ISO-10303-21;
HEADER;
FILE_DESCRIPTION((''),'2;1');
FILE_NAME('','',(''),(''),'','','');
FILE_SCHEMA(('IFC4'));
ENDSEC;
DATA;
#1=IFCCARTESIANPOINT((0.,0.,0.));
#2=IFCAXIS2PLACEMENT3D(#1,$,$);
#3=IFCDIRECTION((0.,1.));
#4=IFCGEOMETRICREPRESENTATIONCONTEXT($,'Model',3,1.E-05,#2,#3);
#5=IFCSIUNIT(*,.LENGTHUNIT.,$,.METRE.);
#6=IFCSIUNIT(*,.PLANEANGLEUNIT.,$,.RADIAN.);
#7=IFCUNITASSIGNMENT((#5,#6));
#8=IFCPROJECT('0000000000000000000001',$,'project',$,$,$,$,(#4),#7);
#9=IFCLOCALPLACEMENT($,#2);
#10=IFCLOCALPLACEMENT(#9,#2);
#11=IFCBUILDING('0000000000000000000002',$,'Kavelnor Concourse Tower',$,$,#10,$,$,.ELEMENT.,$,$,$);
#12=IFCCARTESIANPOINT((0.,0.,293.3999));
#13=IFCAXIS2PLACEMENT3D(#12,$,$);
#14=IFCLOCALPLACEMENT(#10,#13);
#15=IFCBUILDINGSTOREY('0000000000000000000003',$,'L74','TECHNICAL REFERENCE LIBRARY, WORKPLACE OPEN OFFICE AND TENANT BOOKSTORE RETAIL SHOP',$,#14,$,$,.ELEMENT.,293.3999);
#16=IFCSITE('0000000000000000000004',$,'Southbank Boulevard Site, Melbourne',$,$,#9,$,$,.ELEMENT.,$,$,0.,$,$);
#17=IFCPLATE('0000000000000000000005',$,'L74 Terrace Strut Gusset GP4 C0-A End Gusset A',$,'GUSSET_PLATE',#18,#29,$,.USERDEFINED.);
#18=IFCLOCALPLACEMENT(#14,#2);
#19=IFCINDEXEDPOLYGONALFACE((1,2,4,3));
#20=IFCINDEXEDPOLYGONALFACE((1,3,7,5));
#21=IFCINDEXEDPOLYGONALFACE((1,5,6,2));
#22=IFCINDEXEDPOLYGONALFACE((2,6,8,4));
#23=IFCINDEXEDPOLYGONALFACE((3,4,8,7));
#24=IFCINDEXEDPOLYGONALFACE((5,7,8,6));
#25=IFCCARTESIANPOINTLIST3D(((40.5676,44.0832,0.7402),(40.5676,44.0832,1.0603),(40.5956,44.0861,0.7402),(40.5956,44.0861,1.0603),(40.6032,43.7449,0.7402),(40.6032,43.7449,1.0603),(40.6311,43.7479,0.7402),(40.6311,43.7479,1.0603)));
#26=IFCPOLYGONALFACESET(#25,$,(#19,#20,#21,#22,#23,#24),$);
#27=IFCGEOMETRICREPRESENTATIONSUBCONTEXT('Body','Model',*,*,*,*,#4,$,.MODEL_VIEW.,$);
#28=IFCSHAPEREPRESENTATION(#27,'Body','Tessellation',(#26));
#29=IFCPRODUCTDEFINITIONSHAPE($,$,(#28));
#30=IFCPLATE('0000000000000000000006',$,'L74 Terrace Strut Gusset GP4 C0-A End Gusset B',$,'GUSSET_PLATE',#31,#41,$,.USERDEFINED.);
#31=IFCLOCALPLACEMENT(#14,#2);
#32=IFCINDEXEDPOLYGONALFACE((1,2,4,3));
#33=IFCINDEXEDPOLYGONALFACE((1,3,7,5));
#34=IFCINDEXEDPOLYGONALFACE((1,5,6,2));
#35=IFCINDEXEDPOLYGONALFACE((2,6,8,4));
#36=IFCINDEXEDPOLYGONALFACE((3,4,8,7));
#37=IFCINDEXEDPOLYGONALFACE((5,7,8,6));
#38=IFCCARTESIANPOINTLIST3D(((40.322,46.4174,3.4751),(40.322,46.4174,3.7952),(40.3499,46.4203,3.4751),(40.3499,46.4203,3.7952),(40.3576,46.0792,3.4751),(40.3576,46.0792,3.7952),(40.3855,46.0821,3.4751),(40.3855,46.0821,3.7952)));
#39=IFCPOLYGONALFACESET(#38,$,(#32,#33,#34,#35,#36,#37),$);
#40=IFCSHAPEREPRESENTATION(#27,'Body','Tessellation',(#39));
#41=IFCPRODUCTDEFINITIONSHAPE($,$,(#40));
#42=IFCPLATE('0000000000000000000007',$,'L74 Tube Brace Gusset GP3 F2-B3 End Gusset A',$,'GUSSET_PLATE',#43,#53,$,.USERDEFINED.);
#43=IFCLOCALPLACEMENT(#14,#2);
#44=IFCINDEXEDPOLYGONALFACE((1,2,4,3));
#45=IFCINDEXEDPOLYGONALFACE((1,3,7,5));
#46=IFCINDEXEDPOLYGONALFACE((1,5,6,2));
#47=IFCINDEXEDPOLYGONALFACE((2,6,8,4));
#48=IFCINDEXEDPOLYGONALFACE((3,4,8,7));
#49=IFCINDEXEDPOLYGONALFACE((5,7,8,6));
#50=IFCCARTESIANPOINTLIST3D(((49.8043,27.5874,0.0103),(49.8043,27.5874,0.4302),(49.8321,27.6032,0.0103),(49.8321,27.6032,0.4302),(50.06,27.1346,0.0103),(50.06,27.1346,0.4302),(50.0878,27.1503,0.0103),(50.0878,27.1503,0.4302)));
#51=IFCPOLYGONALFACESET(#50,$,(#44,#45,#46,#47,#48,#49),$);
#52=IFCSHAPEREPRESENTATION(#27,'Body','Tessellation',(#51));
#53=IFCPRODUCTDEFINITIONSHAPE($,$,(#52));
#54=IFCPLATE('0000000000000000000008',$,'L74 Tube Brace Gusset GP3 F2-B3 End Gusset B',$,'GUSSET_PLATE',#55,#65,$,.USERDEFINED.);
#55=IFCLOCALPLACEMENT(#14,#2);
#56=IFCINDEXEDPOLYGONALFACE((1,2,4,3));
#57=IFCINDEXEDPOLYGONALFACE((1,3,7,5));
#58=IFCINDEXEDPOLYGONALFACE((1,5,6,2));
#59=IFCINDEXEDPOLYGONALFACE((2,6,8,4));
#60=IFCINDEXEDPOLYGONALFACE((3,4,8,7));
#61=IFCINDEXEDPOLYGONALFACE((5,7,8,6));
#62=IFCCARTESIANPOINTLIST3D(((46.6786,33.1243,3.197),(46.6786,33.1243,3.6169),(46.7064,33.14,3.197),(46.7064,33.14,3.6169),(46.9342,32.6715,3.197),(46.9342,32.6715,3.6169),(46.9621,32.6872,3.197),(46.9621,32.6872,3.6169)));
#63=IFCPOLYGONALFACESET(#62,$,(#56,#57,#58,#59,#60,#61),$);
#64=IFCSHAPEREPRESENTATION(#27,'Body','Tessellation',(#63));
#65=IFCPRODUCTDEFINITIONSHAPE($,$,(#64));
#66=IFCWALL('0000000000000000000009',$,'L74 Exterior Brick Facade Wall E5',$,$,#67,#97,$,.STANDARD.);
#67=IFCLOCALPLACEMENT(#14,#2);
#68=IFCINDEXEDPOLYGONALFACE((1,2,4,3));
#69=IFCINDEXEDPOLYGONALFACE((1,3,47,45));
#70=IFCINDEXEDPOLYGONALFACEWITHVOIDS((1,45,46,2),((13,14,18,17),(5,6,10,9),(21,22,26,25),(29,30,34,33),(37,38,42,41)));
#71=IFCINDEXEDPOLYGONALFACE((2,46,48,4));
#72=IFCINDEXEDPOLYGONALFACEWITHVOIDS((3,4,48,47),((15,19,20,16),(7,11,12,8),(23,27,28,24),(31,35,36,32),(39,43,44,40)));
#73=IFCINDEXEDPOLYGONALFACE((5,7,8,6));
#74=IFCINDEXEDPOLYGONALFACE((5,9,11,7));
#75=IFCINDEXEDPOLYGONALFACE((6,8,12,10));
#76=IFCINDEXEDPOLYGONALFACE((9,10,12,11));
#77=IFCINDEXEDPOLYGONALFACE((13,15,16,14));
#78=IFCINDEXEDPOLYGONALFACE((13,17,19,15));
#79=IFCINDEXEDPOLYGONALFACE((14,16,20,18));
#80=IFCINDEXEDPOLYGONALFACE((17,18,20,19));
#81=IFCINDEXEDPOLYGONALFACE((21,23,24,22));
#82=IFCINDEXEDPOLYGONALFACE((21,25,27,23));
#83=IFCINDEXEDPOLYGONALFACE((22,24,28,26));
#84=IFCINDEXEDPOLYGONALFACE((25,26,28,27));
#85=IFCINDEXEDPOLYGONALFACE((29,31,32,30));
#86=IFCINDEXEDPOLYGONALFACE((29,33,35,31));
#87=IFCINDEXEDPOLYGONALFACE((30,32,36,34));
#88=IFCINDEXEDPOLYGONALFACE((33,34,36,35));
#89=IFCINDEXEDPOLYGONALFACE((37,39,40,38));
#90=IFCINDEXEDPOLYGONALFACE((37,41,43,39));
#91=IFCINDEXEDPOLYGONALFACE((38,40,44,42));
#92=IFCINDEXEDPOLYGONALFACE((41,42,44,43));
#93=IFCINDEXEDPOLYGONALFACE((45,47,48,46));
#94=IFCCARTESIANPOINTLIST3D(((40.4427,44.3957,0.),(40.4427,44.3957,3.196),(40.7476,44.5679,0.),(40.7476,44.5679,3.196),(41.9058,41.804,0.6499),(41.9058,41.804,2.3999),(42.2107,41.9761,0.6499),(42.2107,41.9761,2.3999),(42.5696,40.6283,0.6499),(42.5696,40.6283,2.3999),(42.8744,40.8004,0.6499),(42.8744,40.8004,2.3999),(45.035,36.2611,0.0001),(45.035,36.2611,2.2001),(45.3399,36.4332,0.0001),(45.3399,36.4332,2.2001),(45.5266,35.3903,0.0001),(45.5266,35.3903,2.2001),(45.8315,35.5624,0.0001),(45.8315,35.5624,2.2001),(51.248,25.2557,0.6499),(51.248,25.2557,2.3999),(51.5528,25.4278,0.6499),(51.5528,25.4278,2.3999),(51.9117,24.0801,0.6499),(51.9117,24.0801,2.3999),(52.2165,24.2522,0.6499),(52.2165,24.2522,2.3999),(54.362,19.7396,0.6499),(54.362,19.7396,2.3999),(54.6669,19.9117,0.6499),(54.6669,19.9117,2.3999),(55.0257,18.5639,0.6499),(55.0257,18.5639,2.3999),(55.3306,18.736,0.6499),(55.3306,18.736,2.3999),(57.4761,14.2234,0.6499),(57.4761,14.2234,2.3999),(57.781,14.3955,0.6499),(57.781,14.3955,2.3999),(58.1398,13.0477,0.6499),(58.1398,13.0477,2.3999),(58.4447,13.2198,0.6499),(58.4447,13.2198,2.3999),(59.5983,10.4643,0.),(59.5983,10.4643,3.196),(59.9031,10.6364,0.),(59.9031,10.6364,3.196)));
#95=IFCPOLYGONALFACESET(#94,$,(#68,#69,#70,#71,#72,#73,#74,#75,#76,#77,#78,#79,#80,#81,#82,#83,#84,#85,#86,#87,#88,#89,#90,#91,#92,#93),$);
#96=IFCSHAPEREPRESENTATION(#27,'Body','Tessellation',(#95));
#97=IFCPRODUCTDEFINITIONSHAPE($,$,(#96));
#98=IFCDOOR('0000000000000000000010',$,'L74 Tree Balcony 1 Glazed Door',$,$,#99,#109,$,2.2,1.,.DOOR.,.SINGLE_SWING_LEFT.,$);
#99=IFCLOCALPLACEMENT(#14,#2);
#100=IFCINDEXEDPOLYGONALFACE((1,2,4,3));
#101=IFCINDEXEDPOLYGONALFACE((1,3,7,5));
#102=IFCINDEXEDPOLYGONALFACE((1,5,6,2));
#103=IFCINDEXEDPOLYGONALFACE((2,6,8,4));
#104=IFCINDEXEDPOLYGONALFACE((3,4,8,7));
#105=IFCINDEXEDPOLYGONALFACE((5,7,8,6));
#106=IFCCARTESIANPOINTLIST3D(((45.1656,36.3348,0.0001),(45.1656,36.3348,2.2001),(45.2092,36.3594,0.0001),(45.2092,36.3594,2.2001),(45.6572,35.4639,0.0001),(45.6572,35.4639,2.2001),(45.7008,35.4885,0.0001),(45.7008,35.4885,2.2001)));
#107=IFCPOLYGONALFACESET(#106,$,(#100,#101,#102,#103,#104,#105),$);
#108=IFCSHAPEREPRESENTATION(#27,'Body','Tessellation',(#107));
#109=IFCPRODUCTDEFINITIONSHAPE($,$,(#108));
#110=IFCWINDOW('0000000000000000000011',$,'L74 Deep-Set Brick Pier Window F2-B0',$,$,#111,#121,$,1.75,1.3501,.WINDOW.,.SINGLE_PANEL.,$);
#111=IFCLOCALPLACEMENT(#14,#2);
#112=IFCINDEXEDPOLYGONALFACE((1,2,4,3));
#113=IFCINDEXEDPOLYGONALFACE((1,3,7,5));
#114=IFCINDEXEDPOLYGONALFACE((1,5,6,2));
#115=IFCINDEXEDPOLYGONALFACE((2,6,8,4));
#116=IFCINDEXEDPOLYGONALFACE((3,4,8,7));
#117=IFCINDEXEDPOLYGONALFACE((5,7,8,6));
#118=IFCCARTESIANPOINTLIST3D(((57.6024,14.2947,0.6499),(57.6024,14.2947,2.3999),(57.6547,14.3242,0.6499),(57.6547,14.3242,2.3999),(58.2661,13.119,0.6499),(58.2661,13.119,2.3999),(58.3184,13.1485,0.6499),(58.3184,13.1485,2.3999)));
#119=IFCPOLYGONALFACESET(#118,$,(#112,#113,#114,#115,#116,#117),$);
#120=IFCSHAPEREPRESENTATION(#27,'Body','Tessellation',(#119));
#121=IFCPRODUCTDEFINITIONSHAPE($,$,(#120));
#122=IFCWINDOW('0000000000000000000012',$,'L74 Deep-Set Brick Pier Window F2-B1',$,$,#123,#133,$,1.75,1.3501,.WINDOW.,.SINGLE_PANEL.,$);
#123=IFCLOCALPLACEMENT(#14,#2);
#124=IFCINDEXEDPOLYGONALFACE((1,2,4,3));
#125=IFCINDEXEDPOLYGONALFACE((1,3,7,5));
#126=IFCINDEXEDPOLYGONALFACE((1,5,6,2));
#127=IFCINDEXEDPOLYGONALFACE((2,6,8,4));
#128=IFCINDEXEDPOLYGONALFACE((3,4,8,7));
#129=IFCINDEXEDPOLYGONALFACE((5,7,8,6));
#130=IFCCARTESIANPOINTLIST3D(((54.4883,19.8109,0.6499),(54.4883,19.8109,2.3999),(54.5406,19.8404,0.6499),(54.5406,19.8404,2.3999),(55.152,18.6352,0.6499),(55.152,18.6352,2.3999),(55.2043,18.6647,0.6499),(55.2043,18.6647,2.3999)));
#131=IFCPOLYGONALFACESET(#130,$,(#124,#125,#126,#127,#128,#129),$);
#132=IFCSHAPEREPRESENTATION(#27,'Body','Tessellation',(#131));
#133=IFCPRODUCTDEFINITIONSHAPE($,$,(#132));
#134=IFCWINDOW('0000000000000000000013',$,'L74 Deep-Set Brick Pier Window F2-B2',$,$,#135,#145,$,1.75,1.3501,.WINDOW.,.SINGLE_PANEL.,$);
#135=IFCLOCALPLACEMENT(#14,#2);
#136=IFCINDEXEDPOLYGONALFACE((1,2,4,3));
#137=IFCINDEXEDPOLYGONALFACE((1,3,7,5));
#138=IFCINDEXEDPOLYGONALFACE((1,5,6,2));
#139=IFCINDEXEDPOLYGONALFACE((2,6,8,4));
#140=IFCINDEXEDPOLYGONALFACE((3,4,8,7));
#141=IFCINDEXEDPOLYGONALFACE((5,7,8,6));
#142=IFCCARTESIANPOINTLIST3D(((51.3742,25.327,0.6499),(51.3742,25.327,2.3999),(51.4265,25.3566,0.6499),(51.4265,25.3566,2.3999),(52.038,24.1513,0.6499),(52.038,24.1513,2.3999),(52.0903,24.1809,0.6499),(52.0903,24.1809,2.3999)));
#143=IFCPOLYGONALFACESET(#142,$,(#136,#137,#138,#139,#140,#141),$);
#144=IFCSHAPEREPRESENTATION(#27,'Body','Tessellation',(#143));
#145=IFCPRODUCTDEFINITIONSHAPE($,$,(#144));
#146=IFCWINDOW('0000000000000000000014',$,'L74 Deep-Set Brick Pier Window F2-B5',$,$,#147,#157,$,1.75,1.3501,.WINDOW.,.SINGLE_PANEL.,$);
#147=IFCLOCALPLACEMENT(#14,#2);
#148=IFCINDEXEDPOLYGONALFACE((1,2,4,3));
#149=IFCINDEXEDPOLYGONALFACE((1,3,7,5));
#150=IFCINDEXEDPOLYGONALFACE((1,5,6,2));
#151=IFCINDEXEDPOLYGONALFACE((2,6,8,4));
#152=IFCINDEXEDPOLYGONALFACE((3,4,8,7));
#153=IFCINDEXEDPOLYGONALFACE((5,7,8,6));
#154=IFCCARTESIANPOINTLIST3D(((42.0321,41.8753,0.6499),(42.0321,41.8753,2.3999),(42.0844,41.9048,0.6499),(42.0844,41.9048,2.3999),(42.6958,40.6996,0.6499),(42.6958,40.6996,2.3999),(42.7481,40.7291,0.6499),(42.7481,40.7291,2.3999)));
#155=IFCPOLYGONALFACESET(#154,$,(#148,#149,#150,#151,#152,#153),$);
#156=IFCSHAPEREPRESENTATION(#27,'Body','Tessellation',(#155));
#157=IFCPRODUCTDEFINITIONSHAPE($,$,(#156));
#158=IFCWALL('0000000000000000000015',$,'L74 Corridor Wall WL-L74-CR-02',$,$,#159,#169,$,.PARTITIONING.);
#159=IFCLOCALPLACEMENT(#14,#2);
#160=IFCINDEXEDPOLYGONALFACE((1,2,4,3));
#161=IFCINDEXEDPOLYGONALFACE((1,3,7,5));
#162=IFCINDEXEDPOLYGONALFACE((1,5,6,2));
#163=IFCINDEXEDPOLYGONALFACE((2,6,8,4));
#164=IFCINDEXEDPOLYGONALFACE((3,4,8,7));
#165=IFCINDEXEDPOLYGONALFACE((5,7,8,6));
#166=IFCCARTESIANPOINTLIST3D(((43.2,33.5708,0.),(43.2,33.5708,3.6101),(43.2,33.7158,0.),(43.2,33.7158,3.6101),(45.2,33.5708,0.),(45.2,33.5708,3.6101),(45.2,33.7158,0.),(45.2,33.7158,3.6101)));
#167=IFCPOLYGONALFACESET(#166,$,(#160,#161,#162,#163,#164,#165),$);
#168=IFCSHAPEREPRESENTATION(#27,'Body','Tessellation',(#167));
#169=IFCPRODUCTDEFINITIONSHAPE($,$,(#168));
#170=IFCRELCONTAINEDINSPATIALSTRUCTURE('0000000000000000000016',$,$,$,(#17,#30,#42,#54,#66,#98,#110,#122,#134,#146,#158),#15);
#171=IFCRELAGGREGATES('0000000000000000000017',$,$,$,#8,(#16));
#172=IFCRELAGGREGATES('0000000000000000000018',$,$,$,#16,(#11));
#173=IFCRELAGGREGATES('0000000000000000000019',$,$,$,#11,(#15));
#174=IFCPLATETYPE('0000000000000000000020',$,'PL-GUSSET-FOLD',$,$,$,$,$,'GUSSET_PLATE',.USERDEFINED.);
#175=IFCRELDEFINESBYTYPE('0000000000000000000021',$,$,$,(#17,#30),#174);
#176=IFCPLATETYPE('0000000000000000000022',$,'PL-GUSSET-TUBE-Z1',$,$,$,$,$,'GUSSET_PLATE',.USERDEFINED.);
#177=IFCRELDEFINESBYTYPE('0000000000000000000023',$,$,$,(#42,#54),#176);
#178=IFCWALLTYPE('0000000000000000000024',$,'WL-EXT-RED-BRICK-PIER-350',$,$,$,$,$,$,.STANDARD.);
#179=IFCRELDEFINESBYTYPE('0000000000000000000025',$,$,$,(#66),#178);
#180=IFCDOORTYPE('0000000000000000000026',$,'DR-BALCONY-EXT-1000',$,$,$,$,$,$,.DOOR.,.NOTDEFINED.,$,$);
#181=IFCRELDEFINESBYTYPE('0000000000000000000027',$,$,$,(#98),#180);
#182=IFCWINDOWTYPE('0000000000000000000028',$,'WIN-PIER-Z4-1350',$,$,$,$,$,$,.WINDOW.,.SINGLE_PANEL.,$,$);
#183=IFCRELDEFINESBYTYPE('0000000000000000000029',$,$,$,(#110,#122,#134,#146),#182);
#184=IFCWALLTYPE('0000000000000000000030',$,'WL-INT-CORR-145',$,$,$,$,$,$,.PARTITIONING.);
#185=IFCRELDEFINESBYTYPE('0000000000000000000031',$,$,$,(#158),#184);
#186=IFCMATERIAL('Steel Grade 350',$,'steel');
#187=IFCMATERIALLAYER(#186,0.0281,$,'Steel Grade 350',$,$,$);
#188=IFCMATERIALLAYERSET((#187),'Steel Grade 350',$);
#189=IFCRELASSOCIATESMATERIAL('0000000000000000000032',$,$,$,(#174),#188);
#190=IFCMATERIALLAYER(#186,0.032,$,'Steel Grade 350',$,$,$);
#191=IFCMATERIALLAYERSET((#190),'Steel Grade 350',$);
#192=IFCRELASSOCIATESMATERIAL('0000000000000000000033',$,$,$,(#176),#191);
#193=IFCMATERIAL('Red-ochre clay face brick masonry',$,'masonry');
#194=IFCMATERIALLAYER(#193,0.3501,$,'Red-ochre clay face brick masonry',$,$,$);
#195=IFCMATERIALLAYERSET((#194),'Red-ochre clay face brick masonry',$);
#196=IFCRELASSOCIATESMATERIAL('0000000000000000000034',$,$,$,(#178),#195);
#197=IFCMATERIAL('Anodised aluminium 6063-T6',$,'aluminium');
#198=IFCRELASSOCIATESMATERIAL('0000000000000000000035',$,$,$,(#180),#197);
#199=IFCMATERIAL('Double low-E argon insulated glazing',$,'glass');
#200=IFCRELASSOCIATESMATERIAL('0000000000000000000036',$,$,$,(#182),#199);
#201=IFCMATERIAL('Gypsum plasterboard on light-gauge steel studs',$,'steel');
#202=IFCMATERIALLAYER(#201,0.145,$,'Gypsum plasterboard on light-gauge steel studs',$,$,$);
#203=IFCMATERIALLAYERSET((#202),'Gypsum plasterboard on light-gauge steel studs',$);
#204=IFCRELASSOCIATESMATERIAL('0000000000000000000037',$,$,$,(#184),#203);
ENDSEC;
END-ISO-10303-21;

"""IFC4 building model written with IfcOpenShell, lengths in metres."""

from ifc_helpers import new_model, si_unit, direction, frame, frame_2d, origin, origin_2d, place, context, subcontext, project, spatial, rectangle, extrude, material, layer, layer_set, type_object, element, fill, save


model = new_model("IFC4")

# Units and contexts
model_context = context("Model", 3, precision=1e-05, world=origin(), true_north=direction((0.0, 1.0)))
body_context = subcontext(model_context, "Body", "Model", "MODEL_VIEW")
ifc_project = project(units=[si_unit("LENGTHUNIT", "METRE"), si_unit("PLANEANGLEUNIT", "RADIAN")], contexts=[model_context])

# Site, building, storey
site_placement = place(None, origin())
site = spatial("IfcSite", under=ifc_project, at=site_placement, Name="Southbank Boulevard Site, Melbourne", CompositionType="ELEMENT", RefElevation=0.0)
building_placement = place(site_placement, origin())
building = spatial("IfcBuilding", under=site, at=building_placement, Name="Kavelnor Concourse Tower", CompositionType="ELEMENT")
storey_placement = place(building_placement, frame((0.0, 0.0, 293.3999)))
storey = spatial("IfcBuildingStorey", under=building, at=storey_placement, Name="L74", Description="TECHNICAL REFERENCE LIBRARY, WORKPLACE OPEN OFFICE AND TENANT BOOKSTORE RETAIL SHOP", CompositionType="ELEMENT", Elevation=293.3999)

# Shared definitions
ifc_material_1 = material(Name="Steel Grade 350", Category="steel")

# Plates
ifc_layer_1 = layer(ifc_material_1, 0.0281, Name="Steel Grade 350")
ifc_layer_set_1 = layer_set([ifc_layer_1], Name="Steel Grade 350")
plate_type_1 = type_object("IfcPlateType", Name="PL-GUSSET-FOLD", ElementType="GUSSET_PLATE", PredefinedType="USERDEFINED", material=ifc_layer_set_1)
for number, where, z_axis, x_axis, name in (
    (1, (40.5994, 43.9155, 0.7402), (0.0, 0.0, 1.0), (-0.104528, 0.994522, 0.0), "L74 Terrace Strut Gusset GP4 C0-A End Gusset A"),
    (2, (40.3538, 46.2498, 3.4751), (0.0, 0.0, 1.0), (-0.104528, 0.994522, 0.0), "L74 Terrace Strut Gusset GP4 C0-A End Gusset B"),
):
    element("IfcPlate", number, at=place(storey_placement, frame(where, z_axis=z_axis, x_axis=x_axis)), inside=storey, type_object=plate_type_1, Name=name, ObjectType="GUSSET_PLATE", PredefinedType="USERDEFINED", context=body_context, shape_type="SweptSolid", body=[
        extrude(rectangle(XDim=0.3401, YDim=0.0281, at=origin_2d()), origin(), (0.0, 0.0, 1.0), 0.3201),
    ])
ifc_layer_2 = layer(ifc_material_1, 0.032, Name="Steel Grade 350")
ifc_layer_set_2 = layer_set([ifc_layer_2], Name="Steel Grade 350")
plate_type_2 = type_object("IfcPlateType", Name="PL-GUSSET-TUBE-Z1", ElementType="GUSSET_PLATE", PredefinedType="USERDEFINED", material=ifc_layer_set_2)
for number, where, z_axis, x_axis, name in (
    (3, (49.946, 27.3689, 0.0103), (0.0, 0.0, 1.0), (-0.491664, 0.870785, 0.0), "L74 Tube Brace Gusset GP3 F2-B3 End Gusset A"),
    (4, (46.8203, 32.9058, 3.197), (0.0, 0.0, 1.0), (-0.491664, 0.870785, 0.0), "L74 Tube Brace Gusset GP3 F2-B3 End Gusset B"),
):
    element("IfcPlate", number, at=place(storey_placement, frame(where, z_axis=z_axis, x_axis=x_axis)), inside=storey, type_object=plate_type_2, Name=name, ObjectType="GUSSET_PLATE", PredefinedType="USERDEFINED", context=body_context, shape_type="SweptSolid", body=[
        extrude(rectangle(XDim=0.52, YDim=0.032, at=origin_2d()), origin(), (0.0, 0.0, 1.0), 0.4199),
    ])

# Wall, openings, door, windows
ifc_material_2 = material(Name="Red-ochre clay face brick masonry", Category="masonry")
ifc_layer_3 = layer(ifc_material_2, 0.3501, Name="Red-ochre clay face brick masonry")
ifc_layer_set_3 = layer_set([ifc_layer_3], Name="Red-ochre clay face brick masonry")
wall_type_1 = type_object("IfcWallType", Name="WL-EXT-RED-BRICK-PIER-350", PredefinedType="STANDARD", material=ifc_layer_set_3)
wall_1_placement = place(storey_placement, frame((40.5952, 44.4817, 0.0), z_axis=(0.0, 0.0, 1.0), x_axis=(0.491608, -0.870817, 0.0)))
wall_1 = element("IfcWall", 5, at=wall_1_placement, inside=storey, type_object=wall_type_1, Name="L74 Exterior Brick Facade Wall E5", PredefinedType="STANDARD", context=body_context, shape_type="SweptSolid", body=[
    extrude(rectangle(XDim=38.9651, YDim=0.3501, at=frame_2d((19.4824, 0.0))), origin(), (0.0, 0.0, 1.0), 3.196),
])
opening_1_placement = place(wall_1_placement, frame((9.3413, 0.0, 0.0)))
opening_1 = element("IfcOpeningElement", 6, at=opening_1_placement, cuts=wall_1, PredefinedType="OPENING", context=body_context, shape_type="SweptSolid", body=[
    extrude(rectangle(XDim=1.0, YDim=2.2, at=frame_2d((0.5, 1.1001))), frame((0.0, 0.1851, 0.0), z_axis=(0.0, -1.0, 0.0), x_axis=(1.0, 0.0, 0.0)), (0.0, 0.0, 1.0), 0.3701),
])
opening_2_placement = place(wall_1_placement, frame((34.6482, 0.0, 0.6499)))
opening_2 = element("IfcOpeningElement", 7, at=opening_2_placement, cuts=wall_1, PredefinedType="OPENING", context=body_context, shape_type="SweptSolid", body=[
    extrude(rectangle(XDim=1.3501, YDim=1.75, at=frame_2d((0.675, 0.875))), frame((0.0, 0.1851, 0.0), z_axis=(0.0, -1.0, 0.0), x_axis=(1.0, 0.0, 0.0)), (0.0, 0.0, 1.0), 0.3701),
])
opening_3_placement = place(wall_1_placement, frame((28.3137, 0.0, 0.6499)))
opening_3 = element("IfcOpeningElement", 8, at=opening_3_placement, cuts=wall_1, PredefinedType="OPENING", context=body_context, shape_type="SweptSolid", body=[
    extrude(rectangle(XDim=1.3501, YDim=1.75, at=frame_2d((0.675, 0.875))), frame((0.0, 0.1851, 0.0), z_axis=(0.0, -1.0, 0.0), x_axis=(1.0, 0.0, 0.0)), (0.0, 0.0, 1.0), 0.3701),
])
opening_4_placement = place(wall_1_placement, frame((21.9792, 0.0, 0.6499)))
opening_4 = element("IfcOpeningElement", 9, at=opening_4_placement, cuts=wall_1, PredefinedType="OPENING", context=body_context, shape_type="SweptSolid", body=[
    extrude(rectangle(XDim=1.3501, YDim=1.75, at=frame_2d((0.675, 0.875))), frame((0.0, 0.1851, 0.0), z_axis=(0.0, -1.0, 0.0), x_axis=(1.0, 0.0, 0.0)), (0.0, 0.0, 1.0), 0.3701),
])
opening_5_placement = place(wall_1_placement, frame((2.9761, 0.0, 0.6499)))
opening_5 = element("IfcOpeningElement", 10, at=opening_5_placement, cuts=wall_1, PredefinedType="OPENING", context=body_context, shape_type="SweptSolid", body=[
    extrude(rectangle(XDim=1.3501, YDim=1.75, at=frame_2d((0.675, 0.875))), frame((0.0, 0.1851, 0.0), z_axis=(0.0, -1.0, 0.0), x_axis=(1.0, 0.0, 0.0)), (0.0, 0.0, 1.0), 0.3701),
])
ifc_material_3 = material(Name="Anodised aluminium 6063-T6", Category="aluminium")
door_type = type_object("IfcDoorType", Name="DR-BALCONY-EXT-1000", OperationType="NOTDEFINED", PredefinedType="DOOR", material=ifc_material_3)
door_placement = place(opening_1_placement, origin())
door = element("IfcDoor", 11, at=door_placement, inside=storey, type_object=door_type, Name="L74 Tree Balcony 1 Glazed Door", OperationType="SINGLE_SWING_LEFT", OverallHeight=2.2, OverallWidth=1.0, PredefinedType="DOOR", context=body_context, shape_type="SweptSolid", body=[
    extrude(rectangle(XDim=1.0, YDim=2.2, at=frame_2d((0.5, 1.1001))), frame((0.0, 0.0249, 0.0), z_axis=(0.0, -1.0, 0.0), x_axis=(1.0, 0.0, 0.0)), (0.0, 0.0, 1.0), 0.05),
])
fill(opening_1, door)
ifc_material_4 = material(Name="Double low-E argon insulated glazing", Category="glass")
window_type = type_object("IfcWindowType", Name="WIN-PIER-Z4-1350", PartitioningType="SINGLE_PANEL", PredefinedType="WINDOW", material=ifc_material_4)
window_1_placement = place(opening_2_placement, origin())
window_1 = element("IfcWindow", 12, at=window_1_placement, inside=storey, type_object=window_type, Name="L74 Deep-Set Brick Pier Window F2-B0", OverallHeight=1.75, OverallWidth=1.3501, PartitioningType="SINGLE_PANEL", PredefinedType="WINDOW", context=body_context, shape_type="SweptSolid", body=[
    extrude(rectangle(XDim=1.3501, YDim=1.75, at=frame_2d((0.675, 0.875))), frame((0.0, 0.03, 0.0), z_axis=(0.0, -1.0, 0.0), x_axis=(1.0, 0.0, 0.0)), (0.0, 0.0, 1.0), 0.0601),
])
fill(opening_2, window_1)
window_2_placement = place(opening_3_placement, origin())
window_2 = element("IfcWindow", 13, at=window_2_placement, inside=storey, type_object=window_type, Name="L74 Deep-Set Brick Pier Window F2-B1", OverallHeight=1.75, OverallWidth=1.3501, PartitioningType="SINGLE_PANEL", PredefinedType="WINDOW", context=body_context, shape_type="SweptSolid", body=[
    extrude(rectangle(XDim=1.3501, YDim=1.75, at=frame_2d((0.675, 0.875))), frame((0.0, 0.03, 0.0), z_axis=(0.0, -1.0, 0.0), x_axis=(1.0, 0.0, 0.0)), (0.0, 0.0, 1.0), 0.0601),
])
fill(opening_3, window_2)
window_3_placement = place(opening_4_placement, origin())
window_3 = element("IfcWindow", 14, at=window_3_placement, inside=storey, type_object=window_type, Name="L74 Deep-Set Brick Pier Window F2-B2", OverallHeight=1.75, OverallWidth=1.3501, PartitioningType="SINGLE_PANEL", PredefinedType="WINDOW", context=body_context, shape_type="SweptSolid", body=[
    extrude(rectangle(XDim=1.3501, YDim=1.75, at=frame_2d((0.675, 0.875))), frame((0.0, 0.03, 0.0), z_axis=(0.0, -1.0, 0.0), x_axis=(1.0, 0.0, 0.0)), (0.0, 0.0, 1.0), 0.0601),
])
fill(opening_4, window_3)
window_4_placement = place(opening_5_placement, origin())
window_4 = element("IfcWindow", 15, at=window_4_placement, inside=storey, type_object=window_type, Name="L74 Deep-Set Brick Pier Window F2-B5", OverallHeight=1.75, OverallWidth=1.3501, PartitioningType="SINGLE_PANEL", PredefinedType="WINDOW", context=body_context, shape_type="SweptSolid", body=[
    extrude(rectangle(XDim=1.3501, YDim=1.75, at=frame_2d((0.675, 0.875))), frame((0.0, 0.03, 0.0), z_axis=(0.0, -1.0, 0.0), x_axis=(1.0, 0.0, 0.0)), (0.0, 0.0, 1.0), 0.0601),
])
fill(opening_5, window_4)

# Wall
ifc_material_5 = material(Name="Gypsum plasterboard on light-gauge steel studs", Category="steel")
ifc_layer_4 = layer(ifc_material_5, 0.145, Name="Gypsum plasterboard on light-gauge steel studs")
ifc_layer_set_4 = layer_set([ifc_layer_4], Name="Gypsum plasterboard on light-gauge steel studs")
wall_type_2 = type_object("IfcWallType", Name="WL-INT-CORR-145", PredefinedType="PARTITIONING", material=ifc_layer_set_4)
wall_2_placement = place(storey_placement, frame((43.2, 33.6433, 0.0), z_axis=(0.0, 0.0, 1.0), x_axis=(1.0, 0.0, 0.0)))
element("IfcWall", 16, at=wall_2_placement, inside=storey, type_object=wall_type_2, Name="L74 Corridor Wall WL-L74-CR-02", PredefinedType="PARTITIONING", context=body_context, shape_type="SweptSolid", body=[
    extrude(rectangle(XDim=2.0, YDim=0.145, at=frame_2d((1.0, 0.0))), origin(), (0.0, 0.0, 1.0), 3.6101),
])

save(model, "model.ifc")
